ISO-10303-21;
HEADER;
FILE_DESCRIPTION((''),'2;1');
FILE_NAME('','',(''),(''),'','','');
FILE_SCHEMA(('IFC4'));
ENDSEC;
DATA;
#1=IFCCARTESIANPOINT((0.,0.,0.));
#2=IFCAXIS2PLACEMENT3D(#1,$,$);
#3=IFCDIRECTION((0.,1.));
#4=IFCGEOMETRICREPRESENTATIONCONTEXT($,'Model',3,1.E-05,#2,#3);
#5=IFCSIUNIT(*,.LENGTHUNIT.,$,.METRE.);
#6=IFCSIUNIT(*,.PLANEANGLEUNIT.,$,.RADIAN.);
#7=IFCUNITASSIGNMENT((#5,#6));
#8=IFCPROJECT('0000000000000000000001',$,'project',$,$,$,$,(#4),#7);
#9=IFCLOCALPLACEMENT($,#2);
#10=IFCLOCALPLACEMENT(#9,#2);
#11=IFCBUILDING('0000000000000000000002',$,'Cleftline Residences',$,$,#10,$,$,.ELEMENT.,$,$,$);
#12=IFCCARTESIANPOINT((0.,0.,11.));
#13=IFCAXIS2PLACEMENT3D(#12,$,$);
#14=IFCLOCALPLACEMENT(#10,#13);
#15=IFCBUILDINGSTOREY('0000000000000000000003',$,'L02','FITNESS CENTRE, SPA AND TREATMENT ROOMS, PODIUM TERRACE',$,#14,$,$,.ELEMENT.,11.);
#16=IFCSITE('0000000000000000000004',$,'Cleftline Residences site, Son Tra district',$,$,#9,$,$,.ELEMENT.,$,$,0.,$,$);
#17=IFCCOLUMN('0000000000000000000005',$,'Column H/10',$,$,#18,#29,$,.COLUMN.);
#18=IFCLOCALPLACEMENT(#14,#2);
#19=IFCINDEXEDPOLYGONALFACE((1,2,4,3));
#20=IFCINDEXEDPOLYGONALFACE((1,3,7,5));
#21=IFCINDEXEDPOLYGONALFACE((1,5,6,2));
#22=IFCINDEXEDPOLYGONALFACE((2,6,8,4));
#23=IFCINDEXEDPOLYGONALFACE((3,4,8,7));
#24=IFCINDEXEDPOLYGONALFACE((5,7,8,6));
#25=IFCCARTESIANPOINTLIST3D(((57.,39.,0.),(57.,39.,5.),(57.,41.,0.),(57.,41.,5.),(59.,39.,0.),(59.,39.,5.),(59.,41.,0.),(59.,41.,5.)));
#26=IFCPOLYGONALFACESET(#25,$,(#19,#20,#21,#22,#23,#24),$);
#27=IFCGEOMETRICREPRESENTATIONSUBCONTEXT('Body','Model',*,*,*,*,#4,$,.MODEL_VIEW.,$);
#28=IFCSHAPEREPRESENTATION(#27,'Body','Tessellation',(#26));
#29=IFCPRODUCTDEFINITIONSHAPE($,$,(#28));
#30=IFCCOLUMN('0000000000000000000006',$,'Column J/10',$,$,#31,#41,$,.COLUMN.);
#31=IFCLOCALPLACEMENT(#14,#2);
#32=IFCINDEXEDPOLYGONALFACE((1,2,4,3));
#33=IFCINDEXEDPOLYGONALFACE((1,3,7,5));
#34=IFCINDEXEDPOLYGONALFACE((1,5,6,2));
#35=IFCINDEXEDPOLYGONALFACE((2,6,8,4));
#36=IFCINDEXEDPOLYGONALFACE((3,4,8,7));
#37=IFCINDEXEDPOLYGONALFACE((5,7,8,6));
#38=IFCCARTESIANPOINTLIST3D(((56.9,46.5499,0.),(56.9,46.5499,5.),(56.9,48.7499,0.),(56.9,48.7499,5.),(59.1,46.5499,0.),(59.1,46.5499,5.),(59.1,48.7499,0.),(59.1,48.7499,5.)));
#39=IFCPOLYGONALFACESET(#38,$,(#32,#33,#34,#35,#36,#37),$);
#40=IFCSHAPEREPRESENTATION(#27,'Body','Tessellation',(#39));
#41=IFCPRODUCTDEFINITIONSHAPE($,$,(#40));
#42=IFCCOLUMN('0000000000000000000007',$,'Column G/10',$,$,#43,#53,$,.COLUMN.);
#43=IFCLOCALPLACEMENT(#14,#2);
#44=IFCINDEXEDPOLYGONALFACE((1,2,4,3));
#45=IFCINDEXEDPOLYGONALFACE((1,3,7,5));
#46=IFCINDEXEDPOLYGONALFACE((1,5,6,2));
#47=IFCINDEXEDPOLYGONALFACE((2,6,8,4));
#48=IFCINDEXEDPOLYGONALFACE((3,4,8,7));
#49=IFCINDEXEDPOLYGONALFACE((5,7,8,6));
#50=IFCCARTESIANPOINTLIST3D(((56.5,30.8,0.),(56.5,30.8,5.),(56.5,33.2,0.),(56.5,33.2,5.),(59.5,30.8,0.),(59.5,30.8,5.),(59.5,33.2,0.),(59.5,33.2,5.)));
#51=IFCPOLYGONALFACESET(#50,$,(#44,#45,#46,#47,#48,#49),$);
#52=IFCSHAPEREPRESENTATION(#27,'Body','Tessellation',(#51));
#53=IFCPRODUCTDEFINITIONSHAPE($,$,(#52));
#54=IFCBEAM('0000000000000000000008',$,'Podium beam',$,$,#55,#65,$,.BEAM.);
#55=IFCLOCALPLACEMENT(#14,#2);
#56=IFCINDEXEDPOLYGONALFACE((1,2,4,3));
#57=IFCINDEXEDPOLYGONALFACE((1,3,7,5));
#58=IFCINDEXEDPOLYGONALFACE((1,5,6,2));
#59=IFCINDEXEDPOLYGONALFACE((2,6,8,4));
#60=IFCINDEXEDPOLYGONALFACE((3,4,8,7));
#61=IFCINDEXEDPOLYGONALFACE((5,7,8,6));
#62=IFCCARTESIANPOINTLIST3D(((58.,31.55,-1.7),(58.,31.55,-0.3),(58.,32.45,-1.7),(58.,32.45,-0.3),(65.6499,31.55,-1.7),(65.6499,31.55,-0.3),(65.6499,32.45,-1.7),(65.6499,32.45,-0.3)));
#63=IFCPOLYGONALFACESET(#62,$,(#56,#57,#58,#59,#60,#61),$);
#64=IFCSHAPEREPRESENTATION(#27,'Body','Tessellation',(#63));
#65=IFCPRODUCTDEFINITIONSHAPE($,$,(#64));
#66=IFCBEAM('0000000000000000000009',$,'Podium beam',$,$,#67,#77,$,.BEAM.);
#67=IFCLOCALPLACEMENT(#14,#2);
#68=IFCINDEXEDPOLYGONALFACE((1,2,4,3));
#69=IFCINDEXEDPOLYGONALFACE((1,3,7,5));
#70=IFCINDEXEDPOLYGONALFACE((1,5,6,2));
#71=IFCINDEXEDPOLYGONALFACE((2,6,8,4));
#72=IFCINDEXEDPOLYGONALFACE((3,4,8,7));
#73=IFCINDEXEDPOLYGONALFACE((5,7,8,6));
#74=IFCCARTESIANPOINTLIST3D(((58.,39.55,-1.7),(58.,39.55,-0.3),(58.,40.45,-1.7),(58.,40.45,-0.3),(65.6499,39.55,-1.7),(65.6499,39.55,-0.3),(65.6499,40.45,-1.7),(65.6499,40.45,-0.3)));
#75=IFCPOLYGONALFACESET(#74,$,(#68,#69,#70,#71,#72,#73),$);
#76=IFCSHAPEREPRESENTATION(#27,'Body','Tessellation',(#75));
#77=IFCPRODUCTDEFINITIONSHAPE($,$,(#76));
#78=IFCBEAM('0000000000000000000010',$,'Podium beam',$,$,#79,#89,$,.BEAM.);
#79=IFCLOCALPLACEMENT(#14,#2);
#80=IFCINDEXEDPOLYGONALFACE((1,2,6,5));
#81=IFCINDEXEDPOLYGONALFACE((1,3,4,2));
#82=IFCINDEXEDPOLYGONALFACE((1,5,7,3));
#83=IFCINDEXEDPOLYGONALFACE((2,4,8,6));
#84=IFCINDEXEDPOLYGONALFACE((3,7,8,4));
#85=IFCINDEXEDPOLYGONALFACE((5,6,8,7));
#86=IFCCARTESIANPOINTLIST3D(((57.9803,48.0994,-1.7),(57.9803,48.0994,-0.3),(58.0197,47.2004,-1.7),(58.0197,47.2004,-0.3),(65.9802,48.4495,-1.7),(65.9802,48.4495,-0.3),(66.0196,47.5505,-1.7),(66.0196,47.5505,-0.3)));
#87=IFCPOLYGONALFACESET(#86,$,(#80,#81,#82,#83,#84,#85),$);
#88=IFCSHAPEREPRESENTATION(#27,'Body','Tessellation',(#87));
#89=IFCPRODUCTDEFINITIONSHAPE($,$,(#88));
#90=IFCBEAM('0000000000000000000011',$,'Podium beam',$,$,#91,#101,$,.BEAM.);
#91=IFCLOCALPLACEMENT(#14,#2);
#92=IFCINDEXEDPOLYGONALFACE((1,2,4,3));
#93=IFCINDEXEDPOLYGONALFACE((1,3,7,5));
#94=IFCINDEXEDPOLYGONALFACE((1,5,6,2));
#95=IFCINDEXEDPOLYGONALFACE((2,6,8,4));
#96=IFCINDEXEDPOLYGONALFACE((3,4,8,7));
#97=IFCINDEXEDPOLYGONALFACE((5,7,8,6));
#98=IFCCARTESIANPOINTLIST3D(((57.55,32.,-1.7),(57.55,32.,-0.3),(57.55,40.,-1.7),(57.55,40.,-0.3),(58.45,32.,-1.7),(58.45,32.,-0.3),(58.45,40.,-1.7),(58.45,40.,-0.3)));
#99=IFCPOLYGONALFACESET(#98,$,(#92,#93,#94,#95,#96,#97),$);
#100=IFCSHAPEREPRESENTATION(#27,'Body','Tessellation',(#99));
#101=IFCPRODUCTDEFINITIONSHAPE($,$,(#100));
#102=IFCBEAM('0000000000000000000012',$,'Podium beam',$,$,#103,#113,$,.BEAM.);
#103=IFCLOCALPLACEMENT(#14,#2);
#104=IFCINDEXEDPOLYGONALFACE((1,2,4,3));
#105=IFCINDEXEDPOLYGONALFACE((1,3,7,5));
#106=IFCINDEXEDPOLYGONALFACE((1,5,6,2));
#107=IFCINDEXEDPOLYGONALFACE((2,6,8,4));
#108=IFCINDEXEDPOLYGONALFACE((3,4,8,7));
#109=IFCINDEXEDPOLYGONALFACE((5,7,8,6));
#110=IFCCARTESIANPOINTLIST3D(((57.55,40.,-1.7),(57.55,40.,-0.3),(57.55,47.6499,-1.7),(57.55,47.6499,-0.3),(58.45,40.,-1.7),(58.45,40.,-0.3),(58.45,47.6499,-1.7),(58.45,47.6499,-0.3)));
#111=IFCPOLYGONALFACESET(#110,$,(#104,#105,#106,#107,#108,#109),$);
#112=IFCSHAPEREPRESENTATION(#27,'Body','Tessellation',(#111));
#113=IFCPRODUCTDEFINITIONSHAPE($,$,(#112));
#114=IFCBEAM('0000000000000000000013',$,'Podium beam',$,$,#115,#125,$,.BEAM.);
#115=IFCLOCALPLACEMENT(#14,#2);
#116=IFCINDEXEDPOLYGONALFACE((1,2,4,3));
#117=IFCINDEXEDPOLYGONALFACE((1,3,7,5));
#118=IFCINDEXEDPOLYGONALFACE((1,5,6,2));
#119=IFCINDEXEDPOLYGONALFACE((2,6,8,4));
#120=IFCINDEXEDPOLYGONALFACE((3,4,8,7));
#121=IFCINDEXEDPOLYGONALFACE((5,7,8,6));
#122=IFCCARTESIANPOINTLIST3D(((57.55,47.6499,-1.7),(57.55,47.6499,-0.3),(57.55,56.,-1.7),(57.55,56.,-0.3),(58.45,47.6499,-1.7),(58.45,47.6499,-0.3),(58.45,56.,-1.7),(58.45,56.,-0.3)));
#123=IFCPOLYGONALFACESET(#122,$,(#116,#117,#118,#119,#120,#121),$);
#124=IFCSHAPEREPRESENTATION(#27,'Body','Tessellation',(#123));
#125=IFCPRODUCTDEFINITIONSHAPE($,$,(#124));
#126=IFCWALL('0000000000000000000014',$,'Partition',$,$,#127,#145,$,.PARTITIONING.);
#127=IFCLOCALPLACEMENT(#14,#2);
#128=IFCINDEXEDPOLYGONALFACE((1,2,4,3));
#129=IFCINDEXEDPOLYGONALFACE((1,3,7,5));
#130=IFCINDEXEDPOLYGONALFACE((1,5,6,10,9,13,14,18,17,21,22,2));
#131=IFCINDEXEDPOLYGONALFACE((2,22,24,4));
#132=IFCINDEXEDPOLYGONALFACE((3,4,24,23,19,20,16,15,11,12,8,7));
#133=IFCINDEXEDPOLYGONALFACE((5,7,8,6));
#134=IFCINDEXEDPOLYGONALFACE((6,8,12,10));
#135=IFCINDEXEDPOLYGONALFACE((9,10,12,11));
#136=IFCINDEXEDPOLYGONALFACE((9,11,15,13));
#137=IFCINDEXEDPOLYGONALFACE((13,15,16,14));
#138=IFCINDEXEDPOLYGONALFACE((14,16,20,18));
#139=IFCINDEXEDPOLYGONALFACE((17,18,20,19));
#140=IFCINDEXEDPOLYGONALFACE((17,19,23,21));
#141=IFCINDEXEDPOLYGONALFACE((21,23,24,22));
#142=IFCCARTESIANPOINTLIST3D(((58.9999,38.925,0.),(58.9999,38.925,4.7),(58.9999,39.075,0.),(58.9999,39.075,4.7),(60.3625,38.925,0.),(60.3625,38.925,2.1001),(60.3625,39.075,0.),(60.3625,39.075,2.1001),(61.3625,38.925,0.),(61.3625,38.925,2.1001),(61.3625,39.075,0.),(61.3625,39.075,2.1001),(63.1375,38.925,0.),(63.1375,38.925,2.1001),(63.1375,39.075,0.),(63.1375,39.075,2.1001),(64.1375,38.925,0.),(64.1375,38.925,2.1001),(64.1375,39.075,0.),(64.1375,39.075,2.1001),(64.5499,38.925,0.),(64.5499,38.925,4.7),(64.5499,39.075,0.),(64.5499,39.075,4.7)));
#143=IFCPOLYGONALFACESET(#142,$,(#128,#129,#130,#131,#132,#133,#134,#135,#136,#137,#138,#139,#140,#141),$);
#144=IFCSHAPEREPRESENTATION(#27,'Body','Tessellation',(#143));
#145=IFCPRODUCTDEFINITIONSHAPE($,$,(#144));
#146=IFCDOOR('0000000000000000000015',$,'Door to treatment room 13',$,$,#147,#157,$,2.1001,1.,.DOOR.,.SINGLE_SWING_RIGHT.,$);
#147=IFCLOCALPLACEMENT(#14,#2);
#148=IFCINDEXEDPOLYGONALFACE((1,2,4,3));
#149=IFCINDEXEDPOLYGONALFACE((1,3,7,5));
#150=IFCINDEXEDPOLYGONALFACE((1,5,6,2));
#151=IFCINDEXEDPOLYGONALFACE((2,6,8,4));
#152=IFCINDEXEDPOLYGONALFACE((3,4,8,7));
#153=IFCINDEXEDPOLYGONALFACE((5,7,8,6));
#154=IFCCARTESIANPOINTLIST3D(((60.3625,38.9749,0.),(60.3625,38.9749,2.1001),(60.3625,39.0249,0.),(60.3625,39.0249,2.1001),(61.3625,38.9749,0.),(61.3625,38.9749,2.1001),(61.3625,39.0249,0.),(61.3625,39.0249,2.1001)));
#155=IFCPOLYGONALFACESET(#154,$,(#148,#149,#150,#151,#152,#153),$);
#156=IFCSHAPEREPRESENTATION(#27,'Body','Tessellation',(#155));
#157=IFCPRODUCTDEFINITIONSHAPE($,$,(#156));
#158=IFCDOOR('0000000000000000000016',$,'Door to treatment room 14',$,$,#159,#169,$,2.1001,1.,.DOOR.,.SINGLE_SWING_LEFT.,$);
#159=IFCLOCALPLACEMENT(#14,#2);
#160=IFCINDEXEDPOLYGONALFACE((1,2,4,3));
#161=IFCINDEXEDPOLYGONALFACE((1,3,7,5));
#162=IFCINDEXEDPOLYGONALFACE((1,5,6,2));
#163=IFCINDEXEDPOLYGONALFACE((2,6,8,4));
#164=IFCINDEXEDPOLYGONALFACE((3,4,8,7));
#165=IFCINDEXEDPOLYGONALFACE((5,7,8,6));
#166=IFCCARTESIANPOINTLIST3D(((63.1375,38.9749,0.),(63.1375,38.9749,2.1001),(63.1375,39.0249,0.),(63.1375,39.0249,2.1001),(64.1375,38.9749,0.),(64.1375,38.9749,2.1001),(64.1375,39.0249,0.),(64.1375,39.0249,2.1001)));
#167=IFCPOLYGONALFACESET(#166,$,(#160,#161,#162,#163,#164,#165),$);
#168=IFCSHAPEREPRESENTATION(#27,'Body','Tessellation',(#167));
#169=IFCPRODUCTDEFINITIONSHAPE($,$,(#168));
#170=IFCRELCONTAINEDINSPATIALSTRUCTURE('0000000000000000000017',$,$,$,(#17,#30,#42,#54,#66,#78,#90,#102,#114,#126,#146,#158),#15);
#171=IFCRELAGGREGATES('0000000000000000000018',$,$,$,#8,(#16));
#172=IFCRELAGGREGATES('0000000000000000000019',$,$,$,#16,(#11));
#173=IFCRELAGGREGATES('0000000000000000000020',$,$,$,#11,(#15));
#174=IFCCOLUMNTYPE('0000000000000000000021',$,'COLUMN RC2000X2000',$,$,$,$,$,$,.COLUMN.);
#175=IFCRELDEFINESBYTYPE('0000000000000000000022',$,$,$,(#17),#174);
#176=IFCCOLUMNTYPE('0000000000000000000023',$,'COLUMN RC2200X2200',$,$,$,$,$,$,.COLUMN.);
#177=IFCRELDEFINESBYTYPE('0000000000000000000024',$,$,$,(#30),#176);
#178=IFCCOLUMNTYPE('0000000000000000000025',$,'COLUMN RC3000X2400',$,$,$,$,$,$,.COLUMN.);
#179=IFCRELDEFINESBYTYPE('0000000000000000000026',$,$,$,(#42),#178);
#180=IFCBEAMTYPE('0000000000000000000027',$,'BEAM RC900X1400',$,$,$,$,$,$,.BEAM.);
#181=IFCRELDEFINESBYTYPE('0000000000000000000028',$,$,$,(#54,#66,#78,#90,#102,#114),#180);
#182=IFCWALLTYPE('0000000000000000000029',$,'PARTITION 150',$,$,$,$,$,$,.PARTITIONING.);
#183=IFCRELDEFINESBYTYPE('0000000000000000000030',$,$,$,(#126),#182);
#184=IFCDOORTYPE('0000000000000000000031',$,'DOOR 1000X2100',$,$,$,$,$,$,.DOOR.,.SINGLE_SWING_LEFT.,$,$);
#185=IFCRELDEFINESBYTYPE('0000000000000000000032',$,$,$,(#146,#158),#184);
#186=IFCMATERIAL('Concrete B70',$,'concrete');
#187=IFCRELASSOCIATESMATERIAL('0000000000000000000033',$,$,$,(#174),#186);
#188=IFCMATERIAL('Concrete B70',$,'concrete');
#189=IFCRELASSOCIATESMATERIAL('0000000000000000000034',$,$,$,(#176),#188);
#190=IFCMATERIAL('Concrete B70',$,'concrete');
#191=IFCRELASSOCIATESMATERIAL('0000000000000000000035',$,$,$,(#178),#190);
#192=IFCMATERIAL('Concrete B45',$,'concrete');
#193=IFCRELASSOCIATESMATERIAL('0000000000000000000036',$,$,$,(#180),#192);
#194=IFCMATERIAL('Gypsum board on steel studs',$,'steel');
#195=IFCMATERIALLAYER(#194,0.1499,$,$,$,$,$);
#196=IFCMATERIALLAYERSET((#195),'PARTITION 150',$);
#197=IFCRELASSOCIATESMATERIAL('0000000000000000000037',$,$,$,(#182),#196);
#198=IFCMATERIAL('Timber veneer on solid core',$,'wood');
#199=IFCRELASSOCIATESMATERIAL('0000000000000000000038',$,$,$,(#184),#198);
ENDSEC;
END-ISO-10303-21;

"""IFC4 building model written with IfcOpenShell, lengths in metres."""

from ifc_helpers import new_model, si_unit, direction, frame, frame_2d, origin, origin_2d, place, context, subcontext, project, spatial, rectangle, extrude, material, layer, layer_set, material_profile, profile_set, type_object, element, fill, save


model = new_model("IFC4")

# Units and contexts
model_context = context("Model", 3, precision=1e-05, world=origin(), true_north=direction((0.0, 1.0)))
body_context = subcontext(model_context, "Body", "Model", "MODEL_VIEW")
ifc_project = project(units=[si_unit("LENGTHUNIT", "METRE"), si_unit("PLANEANGLEUNIT", "RADIAN")], contexts=[model_context])

# Site, building, storey
site_placement = place(None, origin())
site = spatial("IfcSite", under=ifc_project, at=site_placement, Name="Cleftline Residences site, Son Tra district", CompositionType="ELEMENT", RefElevation=0.0)
building_placement = place(site_placement, origin())
building = spatial("IfcBuilding", under=site, at=building_placement, Name="Cleftline Residences", CompositionType="ELEMENT")
storey_placement = place(building_placement, frame((0.0, 0.0, 11.0)))
storey = spatial("IfcBuildingStorey", under=building, at=storey_placement, Name="L02", Description="FITNESS CENTRE, SPA AND TREATMENT ROOMS, PODIUM TERRACE", CompositionType="ELEMENT", Elevation=11.0)

# Columns
ifc_material_1 = material(Name="Concrete B70", Category="concrete")
ifc_material_profile_1 = material_profile(ifc_material_1, rectangle(XDim=2.0, YDim=2.0, at=origin_2d()))
ifc_profile_set_1 = profile_set([ifc_material_profile_1], Name="Concrete B70")
column_type_1 = type_object("IfcColumnType", Name="COLUMN RC2000X2000", PredefinedType="COLUMN", material=ifc_profile_set_1)
column_1_placement = place(storey_placement, frame((58.0, 40.0, 0.0), z_axis=(0.0, 0.0, 1.0), x_axis=(1.0, 0.0, 0.0)))
element("IfcColumn", 1, at=column_1_placement, inside=storey, type_object=column_type_1, Name="Column H/10", PredefinedType="COLUMN", context=body_context, shape_type="SweptSolid", body=[
    extrude(rectangle(XDim=2.0, YDim=2.0, at=origin_2d()), origin(), (0.0, 0.0, 1.0), 5.0),
])
ifc_material_2 = material(Name="Concrete B70", Category="concrete")
ifc_material_profile_2 = material_profile(ifc_material_2, rectangle(XDim=2.2, YDim=2.2, at=origin_2d()))
ifc_profile_set_2 = profile_set([ifc_material_profile_2], Name="Concrete B70")
column_type_2 = type_object("IfcColumnType", Name="COLUMN RC2200X2200", PredefinedType="COLUMN", material=ifc_profile_set_2)
column_2_placement = place(storey_placement, frame((58.0, 47.6499, 0.0), z_axis=(0.0, 0.0, 1.0), x_axis=(1.0, 0.0, 0.0)))
element("IfcColumn", 2, at=column_2_placement, inside=storey, type_object=column_type_2, Name="Column J/10", PredefinedType="COLUMN", context=body_context, shape_type="SweptSolid", body=[
    extrude(rectangle(XDim=2.2, YDim=2.2, at=origin_2d()), origin(), (0.0, 0.0, 1.0), 5.0),
])
ifc_material_3 = material(Name="Concrete B70", Category="concrete")
ifc_material_profile_3 = material_profile(ifc_material_3, rectangle(XDim=3.0, YDim=2.3999, at=origin_2d()))
ifc_profile_set_3 = profile_set([ifc_material_profile_3], Name="Concrete B70")
column_type_3 = type_object("IfcColumnType", Name="COLUMN RC3000X2400", PredefinedType="COLUMN", material=ifc_profile_set_3)
column_3_placement = place(storey_placement, frame((58.0, 32.0, 0.0), z_axis=(0.0, 0.0, 1.0), x_axis=(1.0, 0.0, 0.0)))
element("IfcColumn", 3, at=column_3_placement, inside=storey, type_object=column_type_3, Name="Column G/10", PredefinedType="COLUMN", context=body_context, shape_type="SweptSolid", body=[
    extrude(rectangle(XDim=3.0, YDim=2.3999, at=origin_2d()), origin(), (0.0, 0.0, 1.0), 5.0),
])

# Beams
ifc_material_4 = material(Name="Concrete B45", Category="concrete")
ifc_material_profile_4 = material_profile(ifc_material_4, rectangle(XDim=0.8999, YDim=1.3999, at=origin_2d()))
ifc_profile_set_4 = profile_set([ifc_material_profile_4], Name="Concrete B45")
beam_type = type_object("IfcBeamType", Name="BEAM RC900X1400", PredefinedType="BEAM", material=ifc_profile_set_4)
for number, where, z_axis, x_axis, name in (
    (4, (58.0, 32.0, -1.0), (1.0, 0.0, 0.0), (0.0, 1.0, 0.0), "Podium beam"),
    (5, (58.0, 40.0, -1.0), (1.0, 0.0, 0.0), (0.0, 1.0, 0.0), "Podium beam"),
):
    element("IfcBeam", number, at=place(storey_placement, frame(where, z_axis=z_axis, x_axis=x_axis)), inside=storey, type_object=beam_type, Name=name, PredefinedType="BEAM", context=body_context, shape_type="SweptSolid", body=[
        extrude(rectangle(XDim=0.8999, YDim=1.3999, at=origin_2d()), origin(), (0.0, 0.0, 1.0), 7.6499),
    ])
beam_1_placement = place(storey_placement, frame((58.0, 47.6499, -1.0), z_axis=(0.999044, 0.04372, 0.0), x_axis=(-0.04372, 0.999044, 0.0)))
element("IfcBeam", 6, at=beam_1_placement, inside=storey, type_object=beam_type, Name="Podium beam", PredefinedType="BEAM", context=body_context, shape_type="SweptSolid", body=[
    extrude(rectangle(XDim=0.8999, YDim=1.3999, at=origin_2d()), origin(), (0.0, 0.0, 1.0), 8.0076),
])
beam_2_placement = place(storey_placement, frame((58.0, 32.0, -1.0), z_axis=(0.0, 1.0, 0.0), x_axis=(-1.0, 0.0, 0.0)))
element("IfcBeam", 7, at=beam_2_placement, inside=storey, type_object=beam_type, Name="Podium beam", PredefinedType="BEAM", context=body_context, shape_type="SweptSolid", body=[
    extrude(rectangle(XDim=0.8999, YDim=1.3999, at=origin_2d()), origin(), (0.0, 0.0, 1.0), 8.0),
])
beam_3_placement = place(storey_placement, frame((58.0, 40.0, -1.0), z_axis=(0.0, 1.0, 0.0), x_axis=(-1.0, 0.0, 0.0)))
element("IfcBeam", 8, at=beam_3_placement, inside=storey, type_object=beam_type, Name="Podium beam", PredefinedType="BEAM", context=body_context, shape_type="SweptSolid", body=[
    extrude(rectangle(XDim=0.8999, YDim=1.3999, at=origin_2d()), origin(), (0.0, 0.0, 1.0), 7.6499),
])
beam_4_placement = place(storey_placement, frame((58.0, 47.6499, -1.0), z_axis=(0.0, 1.0, 0.0), x_axis=(-1.0, 0.0, 0.0)))
element("IfcBeam", 9, at=beam_4_placement, inside=storey, type_object=beam_type, Name="Podium beam", PredefinedType="BEAM", context=body_context, shape_type="SweptSolid", body=[
    extrude(rectangle(XDim=0.8999, YDim=1.3999, at=origin_2d()), origin(), (0.0, 0.0, 1.0), 8.3501),
])

# Wall, openings, doors
ifc_material_5 = material(Name="Gypsum board on steel studs", Category="steel")
ifc_layer = layer(ifc_material_5, 0.1499)
ifc_layer_set = layer_set([ifc_layer], Name="PARTITION 150")
wall_type = type_object("IfcWallType", Name="PARTITION 150", PredefinedType="PARTITIONING", material=ifc_layer_set)
wall_1_placement = place(storey_placement, frame((59.0, 39.0, 0.0), z_axis=(0.0, 0.0, 1.0), x_axis=(1.0, 0.0, 0.0)))
wall_1 = element("IfcWall", 10, at=wall_1_placement, inside=storey, type_object=wall_type, Name="Partition", PredefinedType="PARTITIONING", context=body_context, shape_type="SweptSolid", body=[
    extrude(rectangle(XDim=5.55, YDim=0.1499, at=frame_2d((2.7749, 0.0))), origin(), (0.0, 0.0, 1.0), 4.7),
])
opening_1_placement = place(wall_1_placement, frame((1.3625, 0.0, 0.0)))
opening_1 = element("IfcOpeningElement", 11, at=opening_1_placement, cuts=wall_1, PredefinedType="OPENING", context=body_context, shape_type="SweptSolid", body=[
    extrude(rectangle(XDim=1.0, YDim=2.1001, at=frame_2d((0.5, 1.05))), frame((0.0, 0.085, 0.0), z_axis=(0.0, -1.0, 0.0), x_axis=(1.0, 0.0, 0.0)), (0.0, 0.0, 1.0), 0.1699),
])
opening_2_placement = place(wall_1_placement, frame((4.1375, 0.0, 0.0)))
opening_2 = element("IfcOpeningElement", 12, at=opening_2_placement, cuts=wall_1, PredefinedType="OPENING", context=body_context, shape_type="SweptSolid", body=[
    extrude(rectangle(XDim=1.0, YDim=2.1001, at=frame_2d((0.5, 1.05))), frame((0.0, 0.085, 0.0), z_axis=(0.0, -1.0, 0.0), x_axis=(1.0, 0.0, 0.0)), (0.0, 0.0, 1.0), 0.1699),
])
ifc_material_6 = material(Name="Timber veneer on solid core", Category="wood")
door_type_1 = type_object("IfcDoorType", Name="DOOR 1000X2100", OperationType="SINGLE_SWING_LEFT", PredefinedType="DOOR", material=ifc_material_6)
door_1_placement = place(opening_1_placement, origin())
door_1 = element("IfcDoor", 13, at=door_1_placement, inside=storey, type_object=door_type_1, Name="Door to treatment room 13", OperationType="SINGLE_SWING_RIGHT", OverallHeight=2.1001, OverallWidth=1.0, PredefinedType="DOOR", context=body_context, shape_type="SweptSolid", body=[
    extrude(rectangle(XDim=1.0, YDim=2.1001, at=frame_2d((0.5, 1.05))), frame((0.0, 0.0249, 0.0), z_axis=(0.0, -1.0, 0.0), x_axis=(1.0, 0.0, 0.0)), (0.0, 0.0, 1.0), 0.05),
])
fill(opening_1, door_1)
door_2_placement = place(opening_2_placement, origin())
door_2 = element("IfcDoor", 14, at=door_2_placement, inside=storey, type_object=door_type_1, Name="Door to treatment room 14", OperationType="SINGLE_SWING_LEFT", OverallHeight=2.1001, OverallWidth=1.0, PredefinedType="DOOR", context=body_context, shape_type="SweptSolid", body=[
    extrude(rectangle(XDim=1.0, YDim=2.1001, at=frame_2d((0.5, 1.05))), frame((0.0, 0.0249, 0.0), z_axis=(0.0, -1.0, 0.0), x_axis=(1.0, 0.0, 0.0)), (0.0, 0.0, 1.0), 0.05),
])
fill(opening_2, door_2)

save(model, "model.ifc")
